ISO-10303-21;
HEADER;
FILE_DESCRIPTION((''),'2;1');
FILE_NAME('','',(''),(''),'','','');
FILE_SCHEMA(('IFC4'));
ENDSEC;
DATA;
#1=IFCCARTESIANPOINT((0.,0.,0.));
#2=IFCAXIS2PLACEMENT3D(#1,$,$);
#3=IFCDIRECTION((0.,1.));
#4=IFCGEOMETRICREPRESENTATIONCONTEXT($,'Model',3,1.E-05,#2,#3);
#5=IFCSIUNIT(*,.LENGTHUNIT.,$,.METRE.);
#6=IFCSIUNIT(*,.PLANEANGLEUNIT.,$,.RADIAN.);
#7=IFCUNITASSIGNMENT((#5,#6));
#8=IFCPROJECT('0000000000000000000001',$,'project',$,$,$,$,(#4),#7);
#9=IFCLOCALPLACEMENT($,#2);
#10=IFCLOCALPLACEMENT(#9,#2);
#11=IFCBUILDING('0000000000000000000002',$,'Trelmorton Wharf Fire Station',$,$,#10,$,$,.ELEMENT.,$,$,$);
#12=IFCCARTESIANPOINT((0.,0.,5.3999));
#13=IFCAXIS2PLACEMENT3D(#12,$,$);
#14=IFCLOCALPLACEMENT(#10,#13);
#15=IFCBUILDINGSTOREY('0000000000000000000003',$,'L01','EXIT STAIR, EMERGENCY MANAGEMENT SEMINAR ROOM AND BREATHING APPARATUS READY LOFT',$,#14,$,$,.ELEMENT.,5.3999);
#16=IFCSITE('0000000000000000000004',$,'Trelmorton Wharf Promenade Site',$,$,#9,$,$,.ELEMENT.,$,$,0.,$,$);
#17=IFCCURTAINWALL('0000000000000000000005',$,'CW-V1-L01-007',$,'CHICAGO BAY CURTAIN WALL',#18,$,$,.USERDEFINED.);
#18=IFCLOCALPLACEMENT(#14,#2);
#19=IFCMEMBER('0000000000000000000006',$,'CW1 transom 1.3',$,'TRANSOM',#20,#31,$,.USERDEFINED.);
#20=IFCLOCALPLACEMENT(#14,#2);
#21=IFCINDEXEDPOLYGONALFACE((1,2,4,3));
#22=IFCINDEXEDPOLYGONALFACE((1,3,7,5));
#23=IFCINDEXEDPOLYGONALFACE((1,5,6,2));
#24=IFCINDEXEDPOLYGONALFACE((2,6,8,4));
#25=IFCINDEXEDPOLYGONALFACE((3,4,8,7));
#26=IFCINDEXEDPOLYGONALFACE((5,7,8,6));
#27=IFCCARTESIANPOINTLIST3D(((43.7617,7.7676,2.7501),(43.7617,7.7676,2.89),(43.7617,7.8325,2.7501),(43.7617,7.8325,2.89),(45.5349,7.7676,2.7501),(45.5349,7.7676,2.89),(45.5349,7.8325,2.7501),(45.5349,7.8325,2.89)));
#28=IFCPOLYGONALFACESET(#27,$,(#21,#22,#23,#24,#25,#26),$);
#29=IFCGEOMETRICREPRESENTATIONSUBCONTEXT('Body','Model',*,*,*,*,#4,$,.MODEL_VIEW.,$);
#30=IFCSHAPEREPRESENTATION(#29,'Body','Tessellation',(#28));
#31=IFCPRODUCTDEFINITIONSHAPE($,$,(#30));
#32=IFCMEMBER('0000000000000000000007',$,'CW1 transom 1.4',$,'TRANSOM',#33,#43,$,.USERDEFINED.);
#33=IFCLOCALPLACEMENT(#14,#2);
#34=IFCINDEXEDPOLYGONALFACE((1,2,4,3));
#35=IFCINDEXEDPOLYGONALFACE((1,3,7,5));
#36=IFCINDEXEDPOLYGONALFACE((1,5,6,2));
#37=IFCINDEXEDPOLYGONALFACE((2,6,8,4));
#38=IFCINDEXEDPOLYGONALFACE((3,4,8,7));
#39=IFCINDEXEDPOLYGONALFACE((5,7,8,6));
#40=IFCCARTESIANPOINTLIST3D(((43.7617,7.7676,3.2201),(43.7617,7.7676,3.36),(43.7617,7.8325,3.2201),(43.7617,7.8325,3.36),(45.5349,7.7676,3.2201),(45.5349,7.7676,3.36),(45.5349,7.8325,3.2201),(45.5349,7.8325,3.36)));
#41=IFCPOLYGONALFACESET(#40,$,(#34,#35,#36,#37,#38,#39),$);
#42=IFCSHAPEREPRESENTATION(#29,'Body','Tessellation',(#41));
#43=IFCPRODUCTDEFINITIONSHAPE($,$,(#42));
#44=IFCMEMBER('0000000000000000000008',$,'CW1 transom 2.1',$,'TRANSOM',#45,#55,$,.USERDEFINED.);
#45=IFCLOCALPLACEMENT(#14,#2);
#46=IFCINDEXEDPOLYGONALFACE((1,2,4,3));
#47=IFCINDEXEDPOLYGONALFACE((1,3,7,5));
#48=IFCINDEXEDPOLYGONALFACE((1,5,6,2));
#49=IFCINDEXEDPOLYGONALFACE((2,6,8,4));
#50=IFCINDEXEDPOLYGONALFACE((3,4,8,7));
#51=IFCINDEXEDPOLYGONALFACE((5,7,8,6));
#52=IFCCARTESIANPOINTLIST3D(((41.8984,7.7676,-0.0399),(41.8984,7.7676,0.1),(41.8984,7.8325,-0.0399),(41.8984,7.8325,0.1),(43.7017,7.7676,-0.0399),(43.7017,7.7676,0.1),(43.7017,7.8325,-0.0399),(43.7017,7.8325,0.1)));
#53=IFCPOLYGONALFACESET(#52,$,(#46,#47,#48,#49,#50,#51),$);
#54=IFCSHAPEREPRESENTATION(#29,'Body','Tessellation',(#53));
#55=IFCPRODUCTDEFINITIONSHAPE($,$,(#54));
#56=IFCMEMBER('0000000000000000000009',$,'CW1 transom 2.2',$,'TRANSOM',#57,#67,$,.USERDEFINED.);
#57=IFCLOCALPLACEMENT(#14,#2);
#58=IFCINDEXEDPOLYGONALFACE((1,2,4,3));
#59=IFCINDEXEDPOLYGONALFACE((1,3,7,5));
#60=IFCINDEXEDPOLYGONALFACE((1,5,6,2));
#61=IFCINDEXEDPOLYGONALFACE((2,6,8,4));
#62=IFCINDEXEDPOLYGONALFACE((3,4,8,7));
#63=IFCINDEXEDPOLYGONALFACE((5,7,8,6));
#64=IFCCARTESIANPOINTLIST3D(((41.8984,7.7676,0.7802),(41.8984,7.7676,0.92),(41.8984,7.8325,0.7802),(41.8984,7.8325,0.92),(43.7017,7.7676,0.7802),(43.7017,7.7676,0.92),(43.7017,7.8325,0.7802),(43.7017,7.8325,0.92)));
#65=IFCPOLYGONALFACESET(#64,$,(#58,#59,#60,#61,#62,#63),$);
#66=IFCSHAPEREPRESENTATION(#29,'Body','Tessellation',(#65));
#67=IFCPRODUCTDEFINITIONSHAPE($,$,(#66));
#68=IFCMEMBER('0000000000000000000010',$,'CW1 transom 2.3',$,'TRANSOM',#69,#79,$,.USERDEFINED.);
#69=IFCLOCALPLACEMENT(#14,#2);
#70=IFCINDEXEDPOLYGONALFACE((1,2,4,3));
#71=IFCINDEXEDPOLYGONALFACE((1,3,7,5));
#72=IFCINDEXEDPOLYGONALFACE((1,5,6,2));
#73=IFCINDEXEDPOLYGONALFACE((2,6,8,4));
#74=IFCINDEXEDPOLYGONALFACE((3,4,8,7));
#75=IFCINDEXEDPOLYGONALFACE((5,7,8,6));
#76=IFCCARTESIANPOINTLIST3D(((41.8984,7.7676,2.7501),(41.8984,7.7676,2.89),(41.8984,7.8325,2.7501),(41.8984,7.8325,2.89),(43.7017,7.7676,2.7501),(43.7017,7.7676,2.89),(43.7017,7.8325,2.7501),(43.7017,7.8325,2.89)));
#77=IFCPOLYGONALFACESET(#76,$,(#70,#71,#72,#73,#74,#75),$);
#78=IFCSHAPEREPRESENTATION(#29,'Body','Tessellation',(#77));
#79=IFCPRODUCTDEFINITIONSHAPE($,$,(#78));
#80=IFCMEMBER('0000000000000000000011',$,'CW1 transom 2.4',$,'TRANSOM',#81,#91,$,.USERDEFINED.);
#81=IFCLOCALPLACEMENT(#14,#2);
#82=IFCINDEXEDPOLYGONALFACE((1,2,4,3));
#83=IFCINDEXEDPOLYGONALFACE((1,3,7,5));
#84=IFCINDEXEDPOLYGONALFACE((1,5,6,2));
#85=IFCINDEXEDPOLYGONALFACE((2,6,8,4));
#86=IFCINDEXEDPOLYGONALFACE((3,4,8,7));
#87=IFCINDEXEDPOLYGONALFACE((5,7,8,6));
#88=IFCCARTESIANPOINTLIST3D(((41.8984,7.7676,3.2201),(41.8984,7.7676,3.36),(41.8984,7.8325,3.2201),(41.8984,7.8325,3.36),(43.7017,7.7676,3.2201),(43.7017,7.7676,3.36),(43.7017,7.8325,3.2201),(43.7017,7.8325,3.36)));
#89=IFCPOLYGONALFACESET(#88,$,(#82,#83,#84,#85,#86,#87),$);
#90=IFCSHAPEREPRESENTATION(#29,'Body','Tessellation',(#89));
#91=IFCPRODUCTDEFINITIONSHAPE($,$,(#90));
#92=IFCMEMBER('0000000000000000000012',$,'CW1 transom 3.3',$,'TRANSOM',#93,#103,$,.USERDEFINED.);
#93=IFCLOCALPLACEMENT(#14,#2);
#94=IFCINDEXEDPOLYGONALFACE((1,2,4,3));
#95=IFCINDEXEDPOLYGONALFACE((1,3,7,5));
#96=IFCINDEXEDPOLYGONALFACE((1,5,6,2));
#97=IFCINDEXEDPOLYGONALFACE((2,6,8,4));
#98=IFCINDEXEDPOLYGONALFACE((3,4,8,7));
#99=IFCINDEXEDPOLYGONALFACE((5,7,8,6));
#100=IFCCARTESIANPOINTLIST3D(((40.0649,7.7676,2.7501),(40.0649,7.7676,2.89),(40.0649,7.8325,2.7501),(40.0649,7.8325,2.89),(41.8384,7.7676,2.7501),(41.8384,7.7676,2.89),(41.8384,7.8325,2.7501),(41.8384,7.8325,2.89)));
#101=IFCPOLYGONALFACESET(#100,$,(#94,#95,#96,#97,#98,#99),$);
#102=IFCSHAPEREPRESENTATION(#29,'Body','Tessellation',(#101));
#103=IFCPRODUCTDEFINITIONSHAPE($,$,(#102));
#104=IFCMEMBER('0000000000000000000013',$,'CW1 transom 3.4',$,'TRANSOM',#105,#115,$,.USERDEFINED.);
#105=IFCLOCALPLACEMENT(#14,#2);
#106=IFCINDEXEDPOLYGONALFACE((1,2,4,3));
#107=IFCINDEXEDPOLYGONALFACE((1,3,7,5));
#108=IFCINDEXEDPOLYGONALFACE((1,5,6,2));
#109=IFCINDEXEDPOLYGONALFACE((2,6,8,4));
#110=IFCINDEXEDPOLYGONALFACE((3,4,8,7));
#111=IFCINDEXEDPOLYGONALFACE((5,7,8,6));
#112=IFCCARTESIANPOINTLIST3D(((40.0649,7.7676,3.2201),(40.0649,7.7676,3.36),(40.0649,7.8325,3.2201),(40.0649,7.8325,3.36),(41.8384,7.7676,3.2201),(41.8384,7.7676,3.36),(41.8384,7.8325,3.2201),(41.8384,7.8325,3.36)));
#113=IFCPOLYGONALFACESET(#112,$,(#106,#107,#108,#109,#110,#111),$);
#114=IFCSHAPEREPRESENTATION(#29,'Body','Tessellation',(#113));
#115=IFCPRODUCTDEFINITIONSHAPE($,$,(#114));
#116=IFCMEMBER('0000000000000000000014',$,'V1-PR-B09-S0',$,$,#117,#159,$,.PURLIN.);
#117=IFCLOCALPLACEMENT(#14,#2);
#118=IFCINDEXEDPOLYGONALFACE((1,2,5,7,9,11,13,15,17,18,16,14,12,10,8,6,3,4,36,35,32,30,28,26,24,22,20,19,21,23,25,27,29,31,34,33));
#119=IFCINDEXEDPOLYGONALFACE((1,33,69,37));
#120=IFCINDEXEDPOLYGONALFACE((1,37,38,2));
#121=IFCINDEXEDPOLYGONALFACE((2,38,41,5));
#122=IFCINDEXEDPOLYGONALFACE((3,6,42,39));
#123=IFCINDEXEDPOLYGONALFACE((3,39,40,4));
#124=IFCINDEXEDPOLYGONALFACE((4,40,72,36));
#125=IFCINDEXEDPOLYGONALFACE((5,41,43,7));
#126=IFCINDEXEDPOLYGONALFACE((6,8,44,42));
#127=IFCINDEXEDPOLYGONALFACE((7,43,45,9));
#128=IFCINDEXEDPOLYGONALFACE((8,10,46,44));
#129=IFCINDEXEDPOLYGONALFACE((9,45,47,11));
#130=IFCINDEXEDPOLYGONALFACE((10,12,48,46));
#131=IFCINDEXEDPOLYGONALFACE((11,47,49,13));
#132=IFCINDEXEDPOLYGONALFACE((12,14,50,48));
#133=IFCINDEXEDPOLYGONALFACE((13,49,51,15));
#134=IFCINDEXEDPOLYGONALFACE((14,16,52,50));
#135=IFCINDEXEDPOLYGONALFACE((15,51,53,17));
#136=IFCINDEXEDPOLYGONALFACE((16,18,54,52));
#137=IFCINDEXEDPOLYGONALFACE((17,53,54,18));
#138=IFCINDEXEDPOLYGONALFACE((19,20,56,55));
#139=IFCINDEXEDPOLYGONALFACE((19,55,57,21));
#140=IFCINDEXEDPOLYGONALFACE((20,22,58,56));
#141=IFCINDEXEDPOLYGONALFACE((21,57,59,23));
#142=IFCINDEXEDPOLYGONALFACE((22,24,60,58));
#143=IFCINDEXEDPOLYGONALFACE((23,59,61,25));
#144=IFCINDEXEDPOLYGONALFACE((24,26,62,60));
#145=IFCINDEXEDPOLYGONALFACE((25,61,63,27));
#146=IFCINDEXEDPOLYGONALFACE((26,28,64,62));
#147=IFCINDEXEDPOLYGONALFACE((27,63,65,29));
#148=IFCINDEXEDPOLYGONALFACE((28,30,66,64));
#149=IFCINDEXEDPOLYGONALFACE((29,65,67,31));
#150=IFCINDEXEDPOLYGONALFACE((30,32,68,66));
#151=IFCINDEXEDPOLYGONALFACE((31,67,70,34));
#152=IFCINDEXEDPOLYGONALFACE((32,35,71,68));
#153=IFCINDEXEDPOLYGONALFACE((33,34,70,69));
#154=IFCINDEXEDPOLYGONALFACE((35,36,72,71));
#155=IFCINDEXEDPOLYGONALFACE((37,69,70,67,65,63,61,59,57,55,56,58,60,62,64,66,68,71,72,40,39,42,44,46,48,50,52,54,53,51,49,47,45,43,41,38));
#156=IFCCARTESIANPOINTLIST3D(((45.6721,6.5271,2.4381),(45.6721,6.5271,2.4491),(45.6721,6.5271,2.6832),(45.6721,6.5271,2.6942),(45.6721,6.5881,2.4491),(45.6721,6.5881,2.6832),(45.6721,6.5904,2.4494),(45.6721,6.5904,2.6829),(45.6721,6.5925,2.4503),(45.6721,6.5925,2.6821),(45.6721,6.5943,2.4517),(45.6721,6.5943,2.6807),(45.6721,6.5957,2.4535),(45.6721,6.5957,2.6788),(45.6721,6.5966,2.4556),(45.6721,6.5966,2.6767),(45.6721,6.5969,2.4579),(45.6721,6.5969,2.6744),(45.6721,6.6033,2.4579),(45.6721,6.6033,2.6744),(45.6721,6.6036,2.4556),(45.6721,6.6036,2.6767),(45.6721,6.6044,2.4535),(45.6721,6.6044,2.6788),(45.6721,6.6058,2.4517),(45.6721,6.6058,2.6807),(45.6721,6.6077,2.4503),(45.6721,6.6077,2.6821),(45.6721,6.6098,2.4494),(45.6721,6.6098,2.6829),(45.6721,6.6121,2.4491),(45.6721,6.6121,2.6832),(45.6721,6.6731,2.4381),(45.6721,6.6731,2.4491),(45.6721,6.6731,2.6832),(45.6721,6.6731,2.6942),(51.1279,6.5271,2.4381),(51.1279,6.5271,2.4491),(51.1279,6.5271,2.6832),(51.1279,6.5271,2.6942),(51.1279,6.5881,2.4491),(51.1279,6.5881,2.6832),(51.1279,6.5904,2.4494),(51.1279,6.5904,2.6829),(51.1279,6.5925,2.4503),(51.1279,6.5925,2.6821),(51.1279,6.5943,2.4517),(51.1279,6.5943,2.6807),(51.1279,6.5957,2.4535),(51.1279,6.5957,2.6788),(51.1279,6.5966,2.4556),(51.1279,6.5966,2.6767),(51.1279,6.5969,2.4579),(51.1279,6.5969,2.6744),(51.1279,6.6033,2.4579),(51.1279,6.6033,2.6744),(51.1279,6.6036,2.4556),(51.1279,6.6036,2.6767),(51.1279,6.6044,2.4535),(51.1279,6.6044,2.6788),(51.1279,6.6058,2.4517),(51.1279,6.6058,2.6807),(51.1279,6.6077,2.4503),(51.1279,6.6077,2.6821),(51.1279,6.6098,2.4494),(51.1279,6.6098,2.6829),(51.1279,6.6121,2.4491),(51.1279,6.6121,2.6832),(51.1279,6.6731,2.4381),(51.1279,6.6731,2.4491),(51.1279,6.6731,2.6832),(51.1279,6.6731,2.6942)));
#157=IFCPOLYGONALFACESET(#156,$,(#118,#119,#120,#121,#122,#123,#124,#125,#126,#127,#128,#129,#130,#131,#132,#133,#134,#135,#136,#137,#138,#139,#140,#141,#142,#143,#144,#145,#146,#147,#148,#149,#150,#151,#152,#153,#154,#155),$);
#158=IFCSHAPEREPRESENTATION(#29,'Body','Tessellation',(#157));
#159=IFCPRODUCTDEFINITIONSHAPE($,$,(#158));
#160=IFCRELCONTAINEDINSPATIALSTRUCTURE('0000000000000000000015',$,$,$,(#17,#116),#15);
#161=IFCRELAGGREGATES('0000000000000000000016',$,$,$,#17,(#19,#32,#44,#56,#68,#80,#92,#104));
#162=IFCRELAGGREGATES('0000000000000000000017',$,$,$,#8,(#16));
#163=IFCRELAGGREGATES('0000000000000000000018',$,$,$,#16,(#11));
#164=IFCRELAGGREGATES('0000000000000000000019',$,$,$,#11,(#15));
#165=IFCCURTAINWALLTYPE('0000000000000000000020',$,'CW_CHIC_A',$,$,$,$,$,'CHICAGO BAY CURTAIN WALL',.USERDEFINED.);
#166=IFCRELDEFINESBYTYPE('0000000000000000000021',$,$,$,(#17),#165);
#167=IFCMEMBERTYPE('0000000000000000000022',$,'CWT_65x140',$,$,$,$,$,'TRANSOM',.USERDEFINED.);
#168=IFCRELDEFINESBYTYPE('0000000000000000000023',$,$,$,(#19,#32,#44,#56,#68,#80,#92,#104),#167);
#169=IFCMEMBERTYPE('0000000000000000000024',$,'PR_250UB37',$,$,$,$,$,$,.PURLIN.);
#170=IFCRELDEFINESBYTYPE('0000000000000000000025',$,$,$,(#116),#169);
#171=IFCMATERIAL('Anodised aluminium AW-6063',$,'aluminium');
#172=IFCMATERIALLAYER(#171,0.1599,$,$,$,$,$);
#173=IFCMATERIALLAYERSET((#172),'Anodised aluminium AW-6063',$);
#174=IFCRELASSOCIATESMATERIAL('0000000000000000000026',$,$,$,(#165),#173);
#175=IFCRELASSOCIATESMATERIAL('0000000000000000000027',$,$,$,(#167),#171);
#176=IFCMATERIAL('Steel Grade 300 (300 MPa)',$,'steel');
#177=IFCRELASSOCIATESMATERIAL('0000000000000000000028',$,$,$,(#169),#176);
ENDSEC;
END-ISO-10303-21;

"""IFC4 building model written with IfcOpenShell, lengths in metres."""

from ifc_helpers import new_model, si_unit, direction, frame, origin, origin_2d, place, context, subcontext, project, spatial, rectangle, i_section, extrude, material, layer, layer_set, material_profile, profile_set, type_object, element, aggregate, save


model = new_model("IFC4")

# Units and contexts
model_context = context("Model", 3, precision=1e-05, world=origin(), true_north=direction((0.0, 1.0)))
body_context = subcontext(model_context, "Body", "Model", "MODEL_VIEW")
ifc_project = project(units=[si_unit("LENGTHUNIT", "METRE"), si_unit("PLANEANGLEUNIT", "RADIAN")], contexts=[model_context])

# Site, building, storey
site_placement = place(None, origin())
site = spatial("IfcSite", under=ifc_project, at=site_placement, Name="Trelmorton Wharf Promenade Site", CompositionType="ELEMENT", RefElevation=0.0)
building_placement = place(site_placement, origin())
building = spatial("IfcBuilding", under=site, at=building_placement, Name="Trelmorton Wharf Fire Station", CompositionType="ELEMENT")
storey_placement = place(building_placement, frame((0.0, 0.0, 5.3999)))
storey = spatial("IfcBuildingStorey", under=building, at=storey_placement, Name="L01", Description="EXIT STAIR, EMERGENCY MANAGEMENT SEMINAR ROOM AND BREATHING APPARATUS READY LOFT", CompositionType="ELEMENT", Elevation=5.3999)

# Curtain wall, members
ifc_material_1 = material(Name="Anodised aluminium AW-6063", Category="aluminium")
ifc_layer_1 = layer(ifc_material_1, 0.1599)
ifc_layer_set_1 = layer_set([ifc_layer_1], Name="Anodised aluminium AW-6063")
curtain_wall_type = type_object("IfcCurtainWallType", Name="CW_CHIC_A", ElementType="CHICAGO BAY CURTAIN WALL", PredefinedType="USERDEFINED", material=ifc_layer_set_1)
curtain_wall_placement = place(storey_placement, origin())
curtain_wall = element("IfcCurtainWall", 1, at=curtain_wall_placement, inside=storey, type_object=curtain_wall_type, Name="CW-V1-L01-007", ObjectType="CHICAGO BAY CURTAIN WALL", PredefinedType="USERDEFINED")
ifc_material_profile_1 = material_profile(ifc_material_1, rectangle(XDim=0.0649, YDim=0.1399, at=origin_2d()), Name="ALU-65x140")
ifc_profile_set_1 = profile_set([ifc_material_profile_1], Name="Anodised aluminium AW-6063")
member_type_1 = type_object("IfcMemberType", Name="CWT_65x140", ElementType="TRANSOM", PredefinedType="USERDEFINED", material=ifc_profile_set_1)
member_1_placement = place(storey_placement, frame((45.5349, 7.8, 2.8201), z_axis=(-1.0, 0.0, 0.0), x_axis=(0.0, -1.0, 0.0)))
member_1 = element("IfcMember", 2, at=member_1_placement, type_object=member_type_1, Name="CW1 transom 1.3", ObjectType="TRANSOM", PredefinedType="USERDEFINED", context=body_context, shape_type="SweptSolid", body=[
    extrude(rectangle(XDim=0.0649, YDim=0.1399, at=origin_2d()), origin(), (0.0, 0.0, 1.0), 1.7732),
])
member_2_placement = place(storey_placement, frame((45.5349, 7.8, 3.29), z_axis=(-1.0, 0.0, 0.0), x_axis=(0.0, -1.0, 0.0)))
member_2 = element("IfcMember", 3, at=member_2_placement, type_object=member_type_1, Name="CW1 transom 1.4", ObjectType="TRANSOM", PredefinedType="USERDEFINED", context=body_context, shape_type="SweptSolid", body=[
    extrude(rectangle(XDim=0.0649, YDim=0.1399, at=origin_2d()), origin(), (0.0, 0.0, 1.0), 1.7732),
])
member_3_placement = place(storey_placement, frame((43.7017, 7.8, 0.03), z_axis=(-1.0, 0.0, 0.0), x_axis=(0.0, -1.0, 0.0)))
member_3 = element("IfcMember", 4, at=member_3_placement, type_object=member_type_1, Name="CW1 transom 2.1", ObjectType="TRANSOM", PredefinedType="USERDEFINED", context=body_context, shape_type="SweptSolid", body=[
    extrude(rectangle(XDim=0.0649, YDim=0.1399, at=origin_2d()), origin(), (0.0, 0.0, 1.0), 1.8032),
])
member_4_placement = place(storey_placement, frame((43.7017, 7.8, 0.8501), z_axis=(-1.0, 0.0, 0.0), x_axis=(0.0, -1.0, 0.0)))
member_4 = element("IfcMember", 5, at=member_4_placement, type_object=member_type_1, Name="CW1 transom 2.2", ObjectType="TRANSOM", PredefinedType="USERDEFINED", context=body_context, shape_type="SweptSolid", body=[
    extrude(rectangle(XDim=0.0649, YDim=0.1399, at=origin_2d()), origin(), (0.0, 0.0, 1.0), 1.8032),
])
member_5_placement = place(storey_placement, frame((43.7017, 7.8, 2.8201), z_axis=(-1.0, 0.0, 0.0), x_axis=(0.0, -1.0, 0.0)))
member_5 = element("IfcMember", 6, at=member_5_placement, type_object=member_type_1, Name="CW1 transom 2.3", ObjectType="TRANSOM", PredefinedType="USERDEFINED", context=body_context, shape_type="SweptSolid", body=[
    extrude(rectangle(XDim=0.0649, YDim=0.1399, at=origin_2d()), origin(), (0.0, 0.0, 1.0), 1.8032),
])
member_6_placement = place(storey_placement, frame((43.7017, 7.8, 3.29), z_axis=(-1.0, 0.0, 0.0), x_axis=(0.0, -1.0, 0.0)))
member_6 = element("IfcMember", 7, at=member_6_placement, type_object=member_type_1, Name="CW1 transom 2.4", ObjectType="TRANSOM", PredefinedType="USERDEFINED", context=body_context, shape_type="SweptSolid", body=[
    extrude(rectangle(XDim=0.0649, YDim=0.1399, at=origin_2d()), origin(), (0.0, 0.0, 1.0), 1.8032),
])
member_7_placement = place(storey_placement, frame((41.8384, 7.8, 2.8201), z_axis=(-1.0, 0.0, 0.0), x_axis=(0.0, -1.0, 0.0)))
member_7 = element("IfcMember", 8, at=member_7_placement, type_object=member_type_1, Name="CW1 transom 3.3", ObjectType="TRANSOM", PredefinedType="USERDEFINED", context=body_context, shape_type="SweptSolid", body=[
    extrude(rectangle(XDim=0.0649, YDim=0.1399, at=origin_2d()), origin(), (0.0, 0.0, 1.0), 1.7734),
])
member_8_placement = place(storey_placement, frame((41.8384, 7.8, 3.29), z_axis=(-1.0, 0.0, 0.0), x_axis=(0.0, -1.0, 0.0)))
member_8 = element("IfcMember", 9, at=member_8_placement, type_object=member_type_1, Name="CW1 transom 3.4", ObjectType="TRANSOM", PredefinedType="USERDEFINED", context=body_context, shape_type="SweptSolid", body=[
    extrude(rectangle(XDim=0.0649, YDim=0.1399, at=origin_2d()), origin(), (0.0, 0.0, 1.0), 1.7734),
])

# Member
ifc_material_2 = material(Name="Steel Grade 300 (300 MPa)", Category="steel")
ifc_material_profile_2 = material_profile(ifc_material_2, i_section(OverallWidth=0.146, OverallDepth=0.2561, WebThickness=0.0063, FlangeThickness=0.011, FilletRadius=0.0088, at=origin_2d()), Name="250UB37.3")
ifc_profile_set_2 = profile_set([ifc_material_profile_2], Name="Steel Grade 300 (300 MPa)")
member_type_2 = type_object("IfcMemberType", Name="PR_250UB37", PredefinedType="PURLIN", material=ifc_profile_set_2)
member_9_placement = place(storey_placement, frame((45.6721, 6.6001, 2.5662), z_axis=(1.0, 0.0, 0.0), x_axis=(0.0, 1.0, 0.0)))
element("IfcMember", 10, at=member_9_placement, inside=storey, type_object=member_type_2, Name="V1-PR-B09-S0", PredefinedType="PURLIN", context=body_context, shape_type="SweptSolid", body=[
    extrude(i_section(OverallWidth=0.146, OverallDepth=0.2561, WebThickness=0.0063, FlangeThickness=0.011, FilletRadius=0.0088, at=origin_2d()), origin(), (0.0, 0.0, 1.0), 5.4558),
])

aggregate(curtain_wall, [member_1, member_2, member_3, member_4, member_5, member_6, member_7, member_8])

save(model, "model.ifc")
